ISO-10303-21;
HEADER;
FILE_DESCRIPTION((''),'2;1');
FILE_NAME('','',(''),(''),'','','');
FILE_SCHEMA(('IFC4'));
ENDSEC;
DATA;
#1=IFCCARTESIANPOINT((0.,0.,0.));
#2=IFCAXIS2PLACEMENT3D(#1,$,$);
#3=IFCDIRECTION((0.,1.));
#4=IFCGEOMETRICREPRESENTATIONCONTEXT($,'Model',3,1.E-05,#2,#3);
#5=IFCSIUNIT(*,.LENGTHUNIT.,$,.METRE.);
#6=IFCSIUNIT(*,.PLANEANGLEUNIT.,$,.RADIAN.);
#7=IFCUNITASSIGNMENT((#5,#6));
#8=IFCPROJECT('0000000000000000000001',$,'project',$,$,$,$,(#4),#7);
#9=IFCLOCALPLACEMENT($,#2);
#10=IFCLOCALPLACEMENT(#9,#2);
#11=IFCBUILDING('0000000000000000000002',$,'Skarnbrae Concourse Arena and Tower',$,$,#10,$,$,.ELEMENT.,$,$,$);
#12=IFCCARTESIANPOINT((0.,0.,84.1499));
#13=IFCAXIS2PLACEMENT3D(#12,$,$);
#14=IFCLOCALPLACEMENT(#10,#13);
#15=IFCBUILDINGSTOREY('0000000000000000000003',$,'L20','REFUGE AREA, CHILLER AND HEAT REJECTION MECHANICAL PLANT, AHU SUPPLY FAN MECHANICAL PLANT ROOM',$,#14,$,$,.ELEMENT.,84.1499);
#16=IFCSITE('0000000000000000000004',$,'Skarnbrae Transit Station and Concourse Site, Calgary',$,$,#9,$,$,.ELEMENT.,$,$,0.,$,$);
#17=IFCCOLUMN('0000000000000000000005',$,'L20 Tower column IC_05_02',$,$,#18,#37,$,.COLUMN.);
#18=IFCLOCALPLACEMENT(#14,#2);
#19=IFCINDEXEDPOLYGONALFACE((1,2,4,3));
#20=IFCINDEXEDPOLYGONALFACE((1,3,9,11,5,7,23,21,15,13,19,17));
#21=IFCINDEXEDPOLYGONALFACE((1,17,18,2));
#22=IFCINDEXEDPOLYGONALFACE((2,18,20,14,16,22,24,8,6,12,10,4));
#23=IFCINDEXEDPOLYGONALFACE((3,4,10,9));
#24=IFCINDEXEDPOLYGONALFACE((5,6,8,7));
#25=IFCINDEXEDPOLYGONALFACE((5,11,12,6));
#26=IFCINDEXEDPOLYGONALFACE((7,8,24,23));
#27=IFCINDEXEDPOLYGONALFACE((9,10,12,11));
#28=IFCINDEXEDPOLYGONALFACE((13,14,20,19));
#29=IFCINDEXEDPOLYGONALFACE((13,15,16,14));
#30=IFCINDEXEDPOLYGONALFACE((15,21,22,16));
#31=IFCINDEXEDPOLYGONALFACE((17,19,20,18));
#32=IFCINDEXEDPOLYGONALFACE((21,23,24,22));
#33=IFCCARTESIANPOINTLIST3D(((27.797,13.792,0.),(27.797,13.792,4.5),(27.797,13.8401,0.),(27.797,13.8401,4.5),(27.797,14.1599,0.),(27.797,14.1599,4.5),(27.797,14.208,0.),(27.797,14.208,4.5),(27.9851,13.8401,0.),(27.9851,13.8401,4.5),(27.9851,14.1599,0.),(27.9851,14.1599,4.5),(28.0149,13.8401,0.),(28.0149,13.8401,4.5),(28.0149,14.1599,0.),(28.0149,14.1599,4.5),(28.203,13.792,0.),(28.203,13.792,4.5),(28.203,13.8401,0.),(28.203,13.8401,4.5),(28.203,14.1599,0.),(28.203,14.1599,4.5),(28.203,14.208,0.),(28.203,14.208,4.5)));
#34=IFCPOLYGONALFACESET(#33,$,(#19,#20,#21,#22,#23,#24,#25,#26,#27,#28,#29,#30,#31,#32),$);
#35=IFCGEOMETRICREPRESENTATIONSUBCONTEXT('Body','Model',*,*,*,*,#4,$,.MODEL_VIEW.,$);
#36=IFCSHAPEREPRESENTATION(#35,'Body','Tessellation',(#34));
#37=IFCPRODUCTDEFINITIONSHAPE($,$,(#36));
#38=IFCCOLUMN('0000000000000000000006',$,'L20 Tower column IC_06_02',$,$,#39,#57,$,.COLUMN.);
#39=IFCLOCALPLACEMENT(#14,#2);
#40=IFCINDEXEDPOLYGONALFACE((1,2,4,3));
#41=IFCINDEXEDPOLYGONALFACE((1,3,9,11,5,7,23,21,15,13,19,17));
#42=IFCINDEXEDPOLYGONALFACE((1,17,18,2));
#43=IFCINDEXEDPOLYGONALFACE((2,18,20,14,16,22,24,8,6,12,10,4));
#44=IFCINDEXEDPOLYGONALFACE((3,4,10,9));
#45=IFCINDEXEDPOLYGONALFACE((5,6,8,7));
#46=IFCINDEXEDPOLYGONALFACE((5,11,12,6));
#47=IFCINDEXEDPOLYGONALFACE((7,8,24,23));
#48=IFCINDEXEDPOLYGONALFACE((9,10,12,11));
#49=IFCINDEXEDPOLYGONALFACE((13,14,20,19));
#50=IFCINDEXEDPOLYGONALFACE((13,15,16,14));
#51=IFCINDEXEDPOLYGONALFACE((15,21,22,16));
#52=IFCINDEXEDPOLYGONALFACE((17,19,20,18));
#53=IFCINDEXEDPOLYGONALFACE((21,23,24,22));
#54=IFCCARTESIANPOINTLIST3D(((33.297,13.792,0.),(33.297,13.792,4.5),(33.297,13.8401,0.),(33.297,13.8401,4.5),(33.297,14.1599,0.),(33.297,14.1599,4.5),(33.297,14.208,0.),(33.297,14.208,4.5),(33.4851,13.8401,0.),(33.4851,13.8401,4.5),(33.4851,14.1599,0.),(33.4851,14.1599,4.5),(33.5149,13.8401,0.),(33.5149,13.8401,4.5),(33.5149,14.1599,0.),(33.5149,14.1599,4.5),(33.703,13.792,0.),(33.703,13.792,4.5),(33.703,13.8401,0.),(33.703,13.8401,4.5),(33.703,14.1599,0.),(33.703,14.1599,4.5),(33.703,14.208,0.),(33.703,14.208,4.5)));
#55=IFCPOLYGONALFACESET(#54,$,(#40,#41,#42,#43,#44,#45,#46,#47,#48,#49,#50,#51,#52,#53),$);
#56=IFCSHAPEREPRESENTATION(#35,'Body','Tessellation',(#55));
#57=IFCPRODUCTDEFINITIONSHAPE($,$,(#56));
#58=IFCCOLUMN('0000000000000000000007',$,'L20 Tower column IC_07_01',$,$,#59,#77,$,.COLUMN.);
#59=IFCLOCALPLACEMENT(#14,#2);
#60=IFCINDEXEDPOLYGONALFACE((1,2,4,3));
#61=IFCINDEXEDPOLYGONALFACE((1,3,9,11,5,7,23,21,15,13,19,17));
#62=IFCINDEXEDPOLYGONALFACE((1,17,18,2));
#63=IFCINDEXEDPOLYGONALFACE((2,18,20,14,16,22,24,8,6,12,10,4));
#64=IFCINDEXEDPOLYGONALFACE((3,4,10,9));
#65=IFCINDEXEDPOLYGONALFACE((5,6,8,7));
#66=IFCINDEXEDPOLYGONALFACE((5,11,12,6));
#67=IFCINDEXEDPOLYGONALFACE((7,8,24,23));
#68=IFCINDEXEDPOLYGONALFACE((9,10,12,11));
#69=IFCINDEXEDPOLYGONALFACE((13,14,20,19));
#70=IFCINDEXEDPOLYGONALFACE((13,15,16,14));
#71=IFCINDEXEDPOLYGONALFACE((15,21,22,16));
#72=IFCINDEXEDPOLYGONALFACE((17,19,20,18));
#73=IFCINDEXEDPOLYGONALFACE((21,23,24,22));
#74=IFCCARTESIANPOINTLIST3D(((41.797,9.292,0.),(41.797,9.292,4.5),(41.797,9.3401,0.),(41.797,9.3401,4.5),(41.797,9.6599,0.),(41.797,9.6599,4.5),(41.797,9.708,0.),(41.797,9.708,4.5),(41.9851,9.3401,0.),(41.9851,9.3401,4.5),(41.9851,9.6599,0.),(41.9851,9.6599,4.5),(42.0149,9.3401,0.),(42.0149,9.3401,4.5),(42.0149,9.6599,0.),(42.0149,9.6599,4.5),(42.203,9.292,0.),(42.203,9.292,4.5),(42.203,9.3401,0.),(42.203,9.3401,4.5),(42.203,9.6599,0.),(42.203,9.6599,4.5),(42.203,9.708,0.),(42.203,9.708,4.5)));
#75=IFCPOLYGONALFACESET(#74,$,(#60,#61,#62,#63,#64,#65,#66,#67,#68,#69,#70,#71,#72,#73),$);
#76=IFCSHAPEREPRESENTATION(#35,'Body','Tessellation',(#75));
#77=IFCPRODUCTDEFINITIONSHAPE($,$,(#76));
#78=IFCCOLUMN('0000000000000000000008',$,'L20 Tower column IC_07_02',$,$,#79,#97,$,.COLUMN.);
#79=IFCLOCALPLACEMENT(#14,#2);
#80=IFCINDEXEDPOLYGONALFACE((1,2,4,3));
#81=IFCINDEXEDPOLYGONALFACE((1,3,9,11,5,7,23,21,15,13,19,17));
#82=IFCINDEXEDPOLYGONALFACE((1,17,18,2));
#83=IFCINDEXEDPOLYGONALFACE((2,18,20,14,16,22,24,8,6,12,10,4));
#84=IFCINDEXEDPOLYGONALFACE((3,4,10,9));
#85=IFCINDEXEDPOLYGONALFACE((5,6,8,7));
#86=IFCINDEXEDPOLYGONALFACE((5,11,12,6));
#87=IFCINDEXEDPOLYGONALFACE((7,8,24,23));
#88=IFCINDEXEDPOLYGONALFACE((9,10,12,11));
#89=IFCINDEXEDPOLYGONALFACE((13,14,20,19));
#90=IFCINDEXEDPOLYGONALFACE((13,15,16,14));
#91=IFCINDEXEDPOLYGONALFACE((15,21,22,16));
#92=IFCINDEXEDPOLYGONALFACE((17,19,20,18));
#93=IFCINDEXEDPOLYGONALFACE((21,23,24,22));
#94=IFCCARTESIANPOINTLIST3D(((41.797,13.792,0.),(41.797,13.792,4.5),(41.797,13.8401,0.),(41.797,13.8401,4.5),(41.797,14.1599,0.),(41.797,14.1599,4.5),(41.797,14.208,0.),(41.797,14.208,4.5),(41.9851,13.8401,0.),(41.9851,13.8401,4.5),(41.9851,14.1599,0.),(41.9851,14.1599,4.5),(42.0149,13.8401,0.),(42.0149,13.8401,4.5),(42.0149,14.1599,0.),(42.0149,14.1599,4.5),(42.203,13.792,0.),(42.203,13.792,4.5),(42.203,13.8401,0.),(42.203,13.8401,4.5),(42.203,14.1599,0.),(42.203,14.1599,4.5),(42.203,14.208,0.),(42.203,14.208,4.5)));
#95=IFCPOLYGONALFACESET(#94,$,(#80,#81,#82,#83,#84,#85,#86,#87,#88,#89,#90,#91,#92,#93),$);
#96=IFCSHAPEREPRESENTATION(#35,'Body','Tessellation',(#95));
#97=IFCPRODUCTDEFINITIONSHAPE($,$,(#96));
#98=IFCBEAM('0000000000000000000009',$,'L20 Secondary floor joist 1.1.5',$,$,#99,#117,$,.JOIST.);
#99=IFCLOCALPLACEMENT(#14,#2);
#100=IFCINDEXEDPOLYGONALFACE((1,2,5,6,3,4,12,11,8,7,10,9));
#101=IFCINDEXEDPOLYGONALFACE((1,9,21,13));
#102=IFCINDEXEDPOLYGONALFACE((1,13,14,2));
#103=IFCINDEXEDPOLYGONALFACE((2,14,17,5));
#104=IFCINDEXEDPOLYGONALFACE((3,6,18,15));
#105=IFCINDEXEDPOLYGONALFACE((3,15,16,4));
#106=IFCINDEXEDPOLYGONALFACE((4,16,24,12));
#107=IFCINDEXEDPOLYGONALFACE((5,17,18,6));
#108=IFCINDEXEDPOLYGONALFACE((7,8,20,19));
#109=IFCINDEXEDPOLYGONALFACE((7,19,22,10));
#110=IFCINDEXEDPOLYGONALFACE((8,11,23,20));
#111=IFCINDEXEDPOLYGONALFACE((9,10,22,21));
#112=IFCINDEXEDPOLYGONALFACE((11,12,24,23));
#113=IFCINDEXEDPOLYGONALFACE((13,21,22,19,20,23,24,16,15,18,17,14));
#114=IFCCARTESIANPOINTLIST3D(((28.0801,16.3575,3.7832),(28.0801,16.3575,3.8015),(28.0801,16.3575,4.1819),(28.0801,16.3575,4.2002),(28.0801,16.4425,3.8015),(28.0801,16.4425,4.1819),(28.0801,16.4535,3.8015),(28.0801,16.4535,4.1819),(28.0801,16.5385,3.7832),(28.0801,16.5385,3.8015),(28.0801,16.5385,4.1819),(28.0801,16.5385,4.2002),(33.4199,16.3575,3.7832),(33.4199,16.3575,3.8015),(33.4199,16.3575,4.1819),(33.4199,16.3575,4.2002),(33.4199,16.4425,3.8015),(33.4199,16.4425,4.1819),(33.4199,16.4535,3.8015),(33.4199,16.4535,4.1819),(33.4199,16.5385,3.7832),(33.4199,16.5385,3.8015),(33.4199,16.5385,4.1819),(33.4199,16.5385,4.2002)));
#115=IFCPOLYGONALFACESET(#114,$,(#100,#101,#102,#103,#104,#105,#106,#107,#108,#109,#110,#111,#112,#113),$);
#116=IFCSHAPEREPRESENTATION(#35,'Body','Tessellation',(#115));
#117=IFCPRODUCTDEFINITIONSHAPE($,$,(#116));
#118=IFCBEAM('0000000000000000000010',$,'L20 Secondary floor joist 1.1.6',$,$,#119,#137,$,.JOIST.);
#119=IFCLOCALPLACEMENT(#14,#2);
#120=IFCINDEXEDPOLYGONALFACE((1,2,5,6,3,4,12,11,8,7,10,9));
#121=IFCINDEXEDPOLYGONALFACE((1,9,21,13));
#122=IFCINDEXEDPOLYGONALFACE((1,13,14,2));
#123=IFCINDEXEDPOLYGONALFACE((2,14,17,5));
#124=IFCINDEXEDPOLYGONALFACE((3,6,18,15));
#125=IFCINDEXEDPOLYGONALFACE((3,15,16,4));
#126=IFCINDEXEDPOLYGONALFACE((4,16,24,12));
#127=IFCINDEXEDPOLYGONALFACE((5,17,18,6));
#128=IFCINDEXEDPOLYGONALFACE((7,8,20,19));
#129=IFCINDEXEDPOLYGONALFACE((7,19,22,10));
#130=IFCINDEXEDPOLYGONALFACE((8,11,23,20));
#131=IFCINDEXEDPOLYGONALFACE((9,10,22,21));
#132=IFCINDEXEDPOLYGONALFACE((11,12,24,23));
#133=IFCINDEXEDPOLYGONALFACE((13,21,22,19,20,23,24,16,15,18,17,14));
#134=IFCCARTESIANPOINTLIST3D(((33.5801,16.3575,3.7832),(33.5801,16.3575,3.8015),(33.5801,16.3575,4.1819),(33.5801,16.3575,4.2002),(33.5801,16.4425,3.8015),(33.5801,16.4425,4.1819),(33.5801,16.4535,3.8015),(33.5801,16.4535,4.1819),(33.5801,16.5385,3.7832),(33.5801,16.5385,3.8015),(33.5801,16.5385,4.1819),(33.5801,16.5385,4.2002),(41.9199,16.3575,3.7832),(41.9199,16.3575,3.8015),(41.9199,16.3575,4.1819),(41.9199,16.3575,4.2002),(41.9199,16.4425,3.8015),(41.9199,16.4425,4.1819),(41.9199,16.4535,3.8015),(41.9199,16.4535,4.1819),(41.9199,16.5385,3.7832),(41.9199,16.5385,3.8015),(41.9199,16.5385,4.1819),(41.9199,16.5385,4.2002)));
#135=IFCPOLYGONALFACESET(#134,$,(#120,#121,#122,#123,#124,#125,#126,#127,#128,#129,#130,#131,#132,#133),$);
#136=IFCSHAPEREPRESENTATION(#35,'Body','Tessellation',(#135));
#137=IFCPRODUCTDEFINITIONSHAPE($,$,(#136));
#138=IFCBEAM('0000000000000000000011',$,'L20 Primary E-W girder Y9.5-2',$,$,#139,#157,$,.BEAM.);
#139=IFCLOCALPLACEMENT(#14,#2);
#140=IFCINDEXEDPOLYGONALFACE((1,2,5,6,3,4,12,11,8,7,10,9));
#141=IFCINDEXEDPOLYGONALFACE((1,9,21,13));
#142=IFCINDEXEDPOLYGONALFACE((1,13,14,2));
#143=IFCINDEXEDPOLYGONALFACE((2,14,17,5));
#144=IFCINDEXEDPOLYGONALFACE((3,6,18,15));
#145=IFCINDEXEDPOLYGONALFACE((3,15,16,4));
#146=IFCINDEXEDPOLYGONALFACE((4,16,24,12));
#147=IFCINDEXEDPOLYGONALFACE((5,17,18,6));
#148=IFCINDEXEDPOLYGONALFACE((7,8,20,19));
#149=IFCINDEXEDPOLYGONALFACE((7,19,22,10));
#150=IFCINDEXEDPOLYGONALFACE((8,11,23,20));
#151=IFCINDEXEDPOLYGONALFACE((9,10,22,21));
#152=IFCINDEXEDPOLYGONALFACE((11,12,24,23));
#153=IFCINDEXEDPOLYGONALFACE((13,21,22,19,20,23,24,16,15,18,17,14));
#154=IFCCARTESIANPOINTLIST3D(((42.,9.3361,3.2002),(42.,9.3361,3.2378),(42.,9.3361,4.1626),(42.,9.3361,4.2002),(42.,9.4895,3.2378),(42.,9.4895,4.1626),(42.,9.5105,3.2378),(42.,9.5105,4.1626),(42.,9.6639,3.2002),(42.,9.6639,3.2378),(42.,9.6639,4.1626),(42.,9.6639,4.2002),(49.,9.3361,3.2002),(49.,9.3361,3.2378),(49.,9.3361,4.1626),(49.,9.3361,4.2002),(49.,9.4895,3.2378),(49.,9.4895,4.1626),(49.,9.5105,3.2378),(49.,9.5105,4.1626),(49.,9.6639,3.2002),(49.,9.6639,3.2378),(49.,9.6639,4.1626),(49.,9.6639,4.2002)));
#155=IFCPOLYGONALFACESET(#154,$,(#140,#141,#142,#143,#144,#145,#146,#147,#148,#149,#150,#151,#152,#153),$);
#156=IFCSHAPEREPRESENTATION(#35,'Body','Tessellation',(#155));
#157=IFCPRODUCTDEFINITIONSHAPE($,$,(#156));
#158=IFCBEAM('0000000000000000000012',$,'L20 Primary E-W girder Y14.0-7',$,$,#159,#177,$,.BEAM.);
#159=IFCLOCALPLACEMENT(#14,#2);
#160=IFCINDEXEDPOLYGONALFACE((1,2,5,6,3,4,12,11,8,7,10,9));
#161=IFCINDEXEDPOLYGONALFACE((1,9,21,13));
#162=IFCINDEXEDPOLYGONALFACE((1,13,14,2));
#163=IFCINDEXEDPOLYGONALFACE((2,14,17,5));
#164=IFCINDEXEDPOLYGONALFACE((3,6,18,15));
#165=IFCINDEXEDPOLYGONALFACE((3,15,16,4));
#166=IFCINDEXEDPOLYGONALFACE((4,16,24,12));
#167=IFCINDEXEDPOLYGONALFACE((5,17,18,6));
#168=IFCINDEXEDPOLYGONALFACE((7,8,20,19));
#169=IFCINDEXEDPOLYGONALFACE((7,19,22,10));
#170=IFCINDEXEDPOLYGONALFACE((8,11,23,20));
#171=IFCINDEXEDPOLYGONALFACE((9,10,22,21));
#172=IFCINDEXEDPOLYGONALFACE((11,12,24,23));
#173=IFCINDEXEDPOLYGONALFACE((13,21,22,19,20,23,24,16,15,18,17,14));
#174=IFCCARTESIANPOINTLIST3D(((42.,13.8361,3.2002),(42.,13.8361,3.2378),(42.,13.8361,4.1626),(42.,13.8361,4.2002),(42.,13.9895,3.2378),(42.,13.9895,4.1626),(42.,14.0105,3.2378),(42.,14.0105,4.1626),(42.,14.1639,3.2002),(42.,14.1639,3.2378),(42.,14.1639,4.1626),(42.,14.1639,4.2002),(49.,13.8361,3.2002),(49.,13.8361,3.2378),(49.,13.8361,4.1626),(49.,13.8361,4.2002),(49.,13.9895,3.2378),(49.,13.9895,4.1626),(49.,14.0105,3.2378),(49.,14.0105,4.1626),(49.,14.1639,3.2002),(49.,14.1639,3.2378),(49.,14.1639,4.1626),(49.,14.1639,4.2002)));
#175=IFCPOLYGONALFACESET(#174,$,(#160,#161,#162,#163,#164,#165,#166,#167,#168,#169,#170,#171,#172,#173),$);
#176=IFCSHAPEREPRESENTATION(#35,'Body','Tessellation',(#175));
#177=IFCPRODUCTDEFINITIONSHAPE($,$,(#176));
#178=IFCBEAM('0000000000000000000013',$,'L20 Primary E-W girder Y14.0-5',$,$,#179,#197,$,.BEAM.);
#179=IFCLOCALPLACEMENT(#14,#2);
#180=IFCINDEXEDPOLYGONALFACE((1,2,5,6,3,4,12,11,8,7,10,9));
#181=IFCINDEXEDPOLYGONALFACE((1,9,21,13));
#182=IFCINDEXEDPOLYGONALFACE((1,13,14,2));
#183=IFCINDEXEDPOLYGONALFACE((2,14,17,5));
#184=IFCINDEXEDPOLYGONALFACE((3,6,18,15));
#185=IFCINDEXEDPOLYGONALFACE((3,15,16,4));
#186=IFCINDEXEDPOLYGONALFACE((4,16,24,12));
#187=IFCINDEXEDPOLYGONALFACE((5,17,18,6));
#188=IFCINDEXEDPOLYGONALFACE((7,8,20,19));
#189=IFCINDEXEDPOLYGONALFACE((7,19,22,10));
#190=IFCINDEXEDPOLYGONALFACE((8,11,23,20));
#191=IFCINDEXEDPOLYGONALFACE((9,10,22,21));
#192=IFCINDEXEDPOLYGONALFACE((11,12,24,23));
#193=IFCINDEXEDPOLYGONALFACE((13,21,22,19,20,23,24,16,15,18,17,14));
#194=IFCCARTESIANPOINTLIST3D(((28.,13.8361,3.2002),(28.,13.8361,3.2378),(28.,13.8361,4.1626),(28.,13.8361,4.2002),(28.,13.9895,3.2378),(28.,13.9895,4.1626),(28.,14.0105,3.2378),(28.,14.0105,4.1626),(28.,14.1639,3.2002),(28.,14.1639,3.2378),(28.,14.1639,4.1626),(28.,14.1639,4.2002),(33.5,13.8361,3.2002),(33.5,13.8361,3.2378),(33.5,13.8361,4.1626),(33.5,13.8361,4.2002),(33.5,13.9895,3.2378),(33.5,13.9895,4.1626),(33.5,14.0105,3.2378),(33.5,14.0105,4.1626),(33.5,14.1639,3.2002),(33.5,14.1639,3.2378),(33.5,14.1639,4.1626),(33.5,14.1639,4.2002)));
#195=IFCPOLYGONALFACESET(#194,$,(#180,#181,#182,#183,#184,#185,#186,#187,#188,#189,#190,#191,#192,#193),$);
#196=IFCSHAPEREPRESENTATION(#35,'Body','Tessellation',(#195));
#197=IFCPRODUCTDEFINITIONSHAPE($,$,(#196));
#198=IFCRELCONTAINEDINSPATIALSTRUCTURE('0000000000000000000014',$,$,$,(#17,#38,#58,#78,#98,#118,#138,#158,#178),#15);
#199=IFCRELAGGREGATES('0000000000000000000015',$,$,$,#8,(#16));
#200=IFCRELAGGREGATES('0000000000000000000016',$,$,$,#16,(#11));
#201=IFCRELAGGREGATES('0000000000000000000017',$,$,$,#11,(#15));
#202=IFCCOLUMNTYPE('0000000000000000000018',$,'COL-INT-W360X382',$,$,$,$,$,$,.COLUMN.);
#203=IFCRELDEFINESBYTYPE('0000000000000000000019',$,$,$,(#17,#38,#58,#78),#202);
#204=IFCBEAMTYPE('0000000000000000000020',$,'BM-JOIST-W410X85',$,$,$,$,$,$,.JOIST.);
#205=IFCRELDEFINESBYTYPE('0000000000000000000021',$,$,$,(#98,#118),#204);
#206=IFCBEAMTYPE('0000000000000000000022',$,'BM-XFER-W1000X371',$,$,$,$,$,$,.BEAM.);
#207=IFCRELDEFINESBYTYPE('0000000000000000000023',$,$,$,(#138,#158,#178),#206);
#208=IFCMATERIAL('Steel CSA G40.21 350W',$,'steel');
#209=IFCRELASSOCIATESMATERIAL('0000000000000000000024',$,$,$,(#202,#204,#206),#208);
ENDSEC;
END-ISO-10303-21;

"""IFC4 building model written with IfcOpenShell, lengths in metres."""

from ifc_helpers import new_model, si_unit, direction, frame, origin, origin_2d, place, context, subcontext, project, spatial, i_section, extrude, source, transform, mapped, material, material_profile, profile_set, type_object, element, save


model = new_model("IFC4")

# Units and contexts
model_context = context("Model", 3, precision=1e-05, world=origin(), true_north=direction((0.0, 1.0)))
body_context = subcontext(model_context, "Body", "Model", "MODEL_VIEW")
ifc_project = project(units=[si_unit("LENGTHUNIT", "METRE"), si_unit("PLANEANGLEUNIT", "RADIAN")], contexts=[model_context])

# Site, building, storey
site_placement = place(None, origin())
site = spatial("IfcSite", under=ifc_project, at=site_placement, Name="Skarnbrae Transit Station and Concourse Site, Calgary", CompositionType="ELEMENT", RefElevation=0.0)
building_placement = place(site_placement, origin())
building = spatial("IfcBuilding", under=site, at=building_placement, Name="Skarnbrae Concourse Arena and Tower", CompositionType="ELEMENT")
storey_placement = place(building_placement, frame((0.0, 0.0, 84.1499)))
storey = spatial("IfcBuildingStorey", under=building, at=storey_placement, Name="L20", Description="REFUGE AREA, CHILLER AND HEAT REJECTION MECHANICAL PLANT, AHU SUPPLY FAN MECHANICAL PLANT ROOM", CompositionType="ELEMENT", Elevation=84.1499)

# Columns
ifc_material_1 = material(Name="Steel CSA G40.21 350W", Category="steel")
ifc_material_profile_1 = material_profile(ifc_material_1, i_section(OverallWidth=0.406, OverallDepth=0.416, WebThickness=0.0298, FlangeThickness=0.0481, at=origin_2d()), Name="W360X382")
ifc_profile_set_1 = profile_set([ifc_material_profile_1], Name="Steel CSA G40.21 350W")
column_type = type_object("IfcColumnType", Name="COL-INT-W360X382", PredefinedType="COLUMN", material=ifc_profile_set_1)
shared_shape_1 = source(origin(), body_context, "Body", "SweptSolid", [
    extrude(i_section(OverallWidth=0.406, OverallDepth=0.416, WebThickness=0.0298, FlangeThickness=0.0481, at=origin_2d()), origin(), (0.0, 0.0, 1.0), 4.5),
])
for number, where, z_axis, x_axis, name in (
    (1, (28.0, 14.0, 0.0), (0.0, 0.0, 1.0), (1.0, 0.0, 0.0), "L20 Tower column IC_05_02"),
    (2, (33.5, 14.0, 0.0), (0.0, 0.0, 1.0), (1.0, 0.0, 0.0), "L20 Tower column IC_06_02"),
    (3, (42.0, 9.5, 0.0), (0.0, 0.0, 1.0), (1.0, 0.0, 0.0), "L20 Tower column IC_07_01"),
    (4, (42.0, 14.0, 0.0), (0.0, 0.0, 1.0), (1.0, 0.0, 0.0), "L20 Tower column IC_07_02"),
):
    element("IfcColumn", number, at=place(storey_placement, frame(where, z_axis=z_axis, x_axis=x_axis)), inside=storey, type_object=column_type, Name=name, PredefinedType="COLUMN", context=body_context, shape_type="MappedRepresentation", body=[
        mapped(shared_shape_1, transform((0.0, 0.0, 0.0))),
    ])

# Beams
ifc_material_profile_2 = material_profile(ifc_material_1, i_section(OverallWidth=0.1809, OverallDepth=0.417, WebThickness=0.011, FlangeThickness=0.0183, at=origin_2d()), Name="W410X85")
ifc_profile_set_2 = profile_set([ifc_material_profile_2], Name="Steel CSA G40.21 350W")
beam_type_1 = type_object("IfcBeamType", Name="BM-JOIST-W410X85", PredefinedType="JOIST", material=ifc_profile_set_2)
shared_shape_2 = source(origin(), body_context, "Body", "SweptSolid", [
    extrude(i_section(OverallWidth=0.1809, OverallDepth=0.417, WebThickness=0.011, FlangeThickness=0.0183, at=origin_2d()), origin(), (0.0, 0.0, 1.0), 5.3398),
])
beam_1_placement = place(storey_placement, frame((28.0801, 16.448, 3.9917), z_axis=(1.0, 0.0, 0.0), x_axis=(0.0, 1.0, 0.0)))
element("IfcBeam", 5, at=beam_1_placement, inside=storey, type_object=beam_type_1, Name="L20 Secondary floor joist 1.1.5", PredefinedType="JOIST", context=body_context, shape_type="MappedRepresentation", body=[
    mapped(shared_shape_2, transform((0.0, 0.0, 0.0))),
])
shared_shape_3 = source(origin(), body_context, "Body", "SweptSolid", [
    extrude(i_section(OverallWidth=0.1809, OverallDepth=0.417, WebThickness=0.011, FlangeThickness=0.0183, at=origin_2d()), origin(), (0.0, 0.0, 1.0), 8.3398),
])
beam_2_placement = place(storey_placement, frame((33.5801, 16.448, 3.9917), z_axis=(1.0, 0.0, 0.0), x_axis=(0.0, 1.0, 0.0)))
element("IfcBeam", 6, at=beam_2_placement, inside=storey, type_object=beam_type_1, Name="L20 Secondary floor joist 1.1.6", PredefinedType="JOIST", context=body_context, shape_type="MappedRepresentation", body=[
    mapped(shared_shape_3, transform((0.0, 0.0, 0.0))),
])
ifc_material_profile_3 = material_profile(ifc_material_1, i_section(OverallWidth=0.3279, OverallDepth=1.0, WebThickness=0.021, FlangeThickness=0.0376, at=origin_2d()), Name="W1000X371")
ifc_profile_set_3 = profile_set([ifc_material_profile_3], Name="Steel CSA G40.21 350W")
beam_type_2 = type_object("IfcBeamType", Name="BM-XFER-W1000X371", PredefinedType="BEAM", material=ifc_profile_set_3)
shared_shape_4 = source(origin(), body_context, "Body", "SweptSolid", [
    extrude(i_section(OverallWidth=0.3279, OverallDepth=1.0, WebThickness=0.021, FlangeThickness=0.0376, at=origin_2d()), origin(), (0.0, 0.0, 1.0), 7.0),
])
for number, where, z_axis, x_axis, name in (
    (7, (42.0, 9.5, 3.7002), (1.0, 0.0, 0.0), (0.0, 1.0, 0.0), "L20 Primary E-W girder Y9.5-2"),
    (8, (42.0, 14.0, 3.7002), (1.0, 0.0, 0.0), (0.0, 1.0, 0.0), "L20 Primary E-W girder Y14.0-7"),
):
    element("IfcBeam", number, at=place(storey_placement, frame(where, z_axis=z_axis, x_axis=x_axis)), inside=storey, type_object=beam_type_2, Name=name, PredefinedType="BEAM", context=body_context, shape_type="MappedRepresentation", body=[
        mapped(shared_shape_4, transform((0.0, 0.0, 0.0))),
    ])
shared_shape_5 = source(origin(), body_context, "Body", "SweptSolid", [
    extrude(i_section(OverallWidth=0.3279, OverallDepth=1.0, WebThickness=0.021, FlangeThickness=0.0376, at=origin_2d()), origin(), (0.0, 0.0, 1.0), 5.5),
])
beam_3_placement = place(storey_placement, frame((28.0, 14.0, 3.7002), z_axis=(1.0, 0.0, 0.0), x_axis=(0.0, 1.0, 0.0)))
element("IfcBeam", 9, at=beam_3_placement, inside=storey, type_object=beam_type_2, Name="L20 Primary E-W girder Y14.0-5", PredefinedType="BEAM", context=body_context, shape_type="MappedRepresentation", body=[
    mapped(shared_shape_5, transform((0.0, 0.0, 0.0))),
])

save(model, "model.ifc")
